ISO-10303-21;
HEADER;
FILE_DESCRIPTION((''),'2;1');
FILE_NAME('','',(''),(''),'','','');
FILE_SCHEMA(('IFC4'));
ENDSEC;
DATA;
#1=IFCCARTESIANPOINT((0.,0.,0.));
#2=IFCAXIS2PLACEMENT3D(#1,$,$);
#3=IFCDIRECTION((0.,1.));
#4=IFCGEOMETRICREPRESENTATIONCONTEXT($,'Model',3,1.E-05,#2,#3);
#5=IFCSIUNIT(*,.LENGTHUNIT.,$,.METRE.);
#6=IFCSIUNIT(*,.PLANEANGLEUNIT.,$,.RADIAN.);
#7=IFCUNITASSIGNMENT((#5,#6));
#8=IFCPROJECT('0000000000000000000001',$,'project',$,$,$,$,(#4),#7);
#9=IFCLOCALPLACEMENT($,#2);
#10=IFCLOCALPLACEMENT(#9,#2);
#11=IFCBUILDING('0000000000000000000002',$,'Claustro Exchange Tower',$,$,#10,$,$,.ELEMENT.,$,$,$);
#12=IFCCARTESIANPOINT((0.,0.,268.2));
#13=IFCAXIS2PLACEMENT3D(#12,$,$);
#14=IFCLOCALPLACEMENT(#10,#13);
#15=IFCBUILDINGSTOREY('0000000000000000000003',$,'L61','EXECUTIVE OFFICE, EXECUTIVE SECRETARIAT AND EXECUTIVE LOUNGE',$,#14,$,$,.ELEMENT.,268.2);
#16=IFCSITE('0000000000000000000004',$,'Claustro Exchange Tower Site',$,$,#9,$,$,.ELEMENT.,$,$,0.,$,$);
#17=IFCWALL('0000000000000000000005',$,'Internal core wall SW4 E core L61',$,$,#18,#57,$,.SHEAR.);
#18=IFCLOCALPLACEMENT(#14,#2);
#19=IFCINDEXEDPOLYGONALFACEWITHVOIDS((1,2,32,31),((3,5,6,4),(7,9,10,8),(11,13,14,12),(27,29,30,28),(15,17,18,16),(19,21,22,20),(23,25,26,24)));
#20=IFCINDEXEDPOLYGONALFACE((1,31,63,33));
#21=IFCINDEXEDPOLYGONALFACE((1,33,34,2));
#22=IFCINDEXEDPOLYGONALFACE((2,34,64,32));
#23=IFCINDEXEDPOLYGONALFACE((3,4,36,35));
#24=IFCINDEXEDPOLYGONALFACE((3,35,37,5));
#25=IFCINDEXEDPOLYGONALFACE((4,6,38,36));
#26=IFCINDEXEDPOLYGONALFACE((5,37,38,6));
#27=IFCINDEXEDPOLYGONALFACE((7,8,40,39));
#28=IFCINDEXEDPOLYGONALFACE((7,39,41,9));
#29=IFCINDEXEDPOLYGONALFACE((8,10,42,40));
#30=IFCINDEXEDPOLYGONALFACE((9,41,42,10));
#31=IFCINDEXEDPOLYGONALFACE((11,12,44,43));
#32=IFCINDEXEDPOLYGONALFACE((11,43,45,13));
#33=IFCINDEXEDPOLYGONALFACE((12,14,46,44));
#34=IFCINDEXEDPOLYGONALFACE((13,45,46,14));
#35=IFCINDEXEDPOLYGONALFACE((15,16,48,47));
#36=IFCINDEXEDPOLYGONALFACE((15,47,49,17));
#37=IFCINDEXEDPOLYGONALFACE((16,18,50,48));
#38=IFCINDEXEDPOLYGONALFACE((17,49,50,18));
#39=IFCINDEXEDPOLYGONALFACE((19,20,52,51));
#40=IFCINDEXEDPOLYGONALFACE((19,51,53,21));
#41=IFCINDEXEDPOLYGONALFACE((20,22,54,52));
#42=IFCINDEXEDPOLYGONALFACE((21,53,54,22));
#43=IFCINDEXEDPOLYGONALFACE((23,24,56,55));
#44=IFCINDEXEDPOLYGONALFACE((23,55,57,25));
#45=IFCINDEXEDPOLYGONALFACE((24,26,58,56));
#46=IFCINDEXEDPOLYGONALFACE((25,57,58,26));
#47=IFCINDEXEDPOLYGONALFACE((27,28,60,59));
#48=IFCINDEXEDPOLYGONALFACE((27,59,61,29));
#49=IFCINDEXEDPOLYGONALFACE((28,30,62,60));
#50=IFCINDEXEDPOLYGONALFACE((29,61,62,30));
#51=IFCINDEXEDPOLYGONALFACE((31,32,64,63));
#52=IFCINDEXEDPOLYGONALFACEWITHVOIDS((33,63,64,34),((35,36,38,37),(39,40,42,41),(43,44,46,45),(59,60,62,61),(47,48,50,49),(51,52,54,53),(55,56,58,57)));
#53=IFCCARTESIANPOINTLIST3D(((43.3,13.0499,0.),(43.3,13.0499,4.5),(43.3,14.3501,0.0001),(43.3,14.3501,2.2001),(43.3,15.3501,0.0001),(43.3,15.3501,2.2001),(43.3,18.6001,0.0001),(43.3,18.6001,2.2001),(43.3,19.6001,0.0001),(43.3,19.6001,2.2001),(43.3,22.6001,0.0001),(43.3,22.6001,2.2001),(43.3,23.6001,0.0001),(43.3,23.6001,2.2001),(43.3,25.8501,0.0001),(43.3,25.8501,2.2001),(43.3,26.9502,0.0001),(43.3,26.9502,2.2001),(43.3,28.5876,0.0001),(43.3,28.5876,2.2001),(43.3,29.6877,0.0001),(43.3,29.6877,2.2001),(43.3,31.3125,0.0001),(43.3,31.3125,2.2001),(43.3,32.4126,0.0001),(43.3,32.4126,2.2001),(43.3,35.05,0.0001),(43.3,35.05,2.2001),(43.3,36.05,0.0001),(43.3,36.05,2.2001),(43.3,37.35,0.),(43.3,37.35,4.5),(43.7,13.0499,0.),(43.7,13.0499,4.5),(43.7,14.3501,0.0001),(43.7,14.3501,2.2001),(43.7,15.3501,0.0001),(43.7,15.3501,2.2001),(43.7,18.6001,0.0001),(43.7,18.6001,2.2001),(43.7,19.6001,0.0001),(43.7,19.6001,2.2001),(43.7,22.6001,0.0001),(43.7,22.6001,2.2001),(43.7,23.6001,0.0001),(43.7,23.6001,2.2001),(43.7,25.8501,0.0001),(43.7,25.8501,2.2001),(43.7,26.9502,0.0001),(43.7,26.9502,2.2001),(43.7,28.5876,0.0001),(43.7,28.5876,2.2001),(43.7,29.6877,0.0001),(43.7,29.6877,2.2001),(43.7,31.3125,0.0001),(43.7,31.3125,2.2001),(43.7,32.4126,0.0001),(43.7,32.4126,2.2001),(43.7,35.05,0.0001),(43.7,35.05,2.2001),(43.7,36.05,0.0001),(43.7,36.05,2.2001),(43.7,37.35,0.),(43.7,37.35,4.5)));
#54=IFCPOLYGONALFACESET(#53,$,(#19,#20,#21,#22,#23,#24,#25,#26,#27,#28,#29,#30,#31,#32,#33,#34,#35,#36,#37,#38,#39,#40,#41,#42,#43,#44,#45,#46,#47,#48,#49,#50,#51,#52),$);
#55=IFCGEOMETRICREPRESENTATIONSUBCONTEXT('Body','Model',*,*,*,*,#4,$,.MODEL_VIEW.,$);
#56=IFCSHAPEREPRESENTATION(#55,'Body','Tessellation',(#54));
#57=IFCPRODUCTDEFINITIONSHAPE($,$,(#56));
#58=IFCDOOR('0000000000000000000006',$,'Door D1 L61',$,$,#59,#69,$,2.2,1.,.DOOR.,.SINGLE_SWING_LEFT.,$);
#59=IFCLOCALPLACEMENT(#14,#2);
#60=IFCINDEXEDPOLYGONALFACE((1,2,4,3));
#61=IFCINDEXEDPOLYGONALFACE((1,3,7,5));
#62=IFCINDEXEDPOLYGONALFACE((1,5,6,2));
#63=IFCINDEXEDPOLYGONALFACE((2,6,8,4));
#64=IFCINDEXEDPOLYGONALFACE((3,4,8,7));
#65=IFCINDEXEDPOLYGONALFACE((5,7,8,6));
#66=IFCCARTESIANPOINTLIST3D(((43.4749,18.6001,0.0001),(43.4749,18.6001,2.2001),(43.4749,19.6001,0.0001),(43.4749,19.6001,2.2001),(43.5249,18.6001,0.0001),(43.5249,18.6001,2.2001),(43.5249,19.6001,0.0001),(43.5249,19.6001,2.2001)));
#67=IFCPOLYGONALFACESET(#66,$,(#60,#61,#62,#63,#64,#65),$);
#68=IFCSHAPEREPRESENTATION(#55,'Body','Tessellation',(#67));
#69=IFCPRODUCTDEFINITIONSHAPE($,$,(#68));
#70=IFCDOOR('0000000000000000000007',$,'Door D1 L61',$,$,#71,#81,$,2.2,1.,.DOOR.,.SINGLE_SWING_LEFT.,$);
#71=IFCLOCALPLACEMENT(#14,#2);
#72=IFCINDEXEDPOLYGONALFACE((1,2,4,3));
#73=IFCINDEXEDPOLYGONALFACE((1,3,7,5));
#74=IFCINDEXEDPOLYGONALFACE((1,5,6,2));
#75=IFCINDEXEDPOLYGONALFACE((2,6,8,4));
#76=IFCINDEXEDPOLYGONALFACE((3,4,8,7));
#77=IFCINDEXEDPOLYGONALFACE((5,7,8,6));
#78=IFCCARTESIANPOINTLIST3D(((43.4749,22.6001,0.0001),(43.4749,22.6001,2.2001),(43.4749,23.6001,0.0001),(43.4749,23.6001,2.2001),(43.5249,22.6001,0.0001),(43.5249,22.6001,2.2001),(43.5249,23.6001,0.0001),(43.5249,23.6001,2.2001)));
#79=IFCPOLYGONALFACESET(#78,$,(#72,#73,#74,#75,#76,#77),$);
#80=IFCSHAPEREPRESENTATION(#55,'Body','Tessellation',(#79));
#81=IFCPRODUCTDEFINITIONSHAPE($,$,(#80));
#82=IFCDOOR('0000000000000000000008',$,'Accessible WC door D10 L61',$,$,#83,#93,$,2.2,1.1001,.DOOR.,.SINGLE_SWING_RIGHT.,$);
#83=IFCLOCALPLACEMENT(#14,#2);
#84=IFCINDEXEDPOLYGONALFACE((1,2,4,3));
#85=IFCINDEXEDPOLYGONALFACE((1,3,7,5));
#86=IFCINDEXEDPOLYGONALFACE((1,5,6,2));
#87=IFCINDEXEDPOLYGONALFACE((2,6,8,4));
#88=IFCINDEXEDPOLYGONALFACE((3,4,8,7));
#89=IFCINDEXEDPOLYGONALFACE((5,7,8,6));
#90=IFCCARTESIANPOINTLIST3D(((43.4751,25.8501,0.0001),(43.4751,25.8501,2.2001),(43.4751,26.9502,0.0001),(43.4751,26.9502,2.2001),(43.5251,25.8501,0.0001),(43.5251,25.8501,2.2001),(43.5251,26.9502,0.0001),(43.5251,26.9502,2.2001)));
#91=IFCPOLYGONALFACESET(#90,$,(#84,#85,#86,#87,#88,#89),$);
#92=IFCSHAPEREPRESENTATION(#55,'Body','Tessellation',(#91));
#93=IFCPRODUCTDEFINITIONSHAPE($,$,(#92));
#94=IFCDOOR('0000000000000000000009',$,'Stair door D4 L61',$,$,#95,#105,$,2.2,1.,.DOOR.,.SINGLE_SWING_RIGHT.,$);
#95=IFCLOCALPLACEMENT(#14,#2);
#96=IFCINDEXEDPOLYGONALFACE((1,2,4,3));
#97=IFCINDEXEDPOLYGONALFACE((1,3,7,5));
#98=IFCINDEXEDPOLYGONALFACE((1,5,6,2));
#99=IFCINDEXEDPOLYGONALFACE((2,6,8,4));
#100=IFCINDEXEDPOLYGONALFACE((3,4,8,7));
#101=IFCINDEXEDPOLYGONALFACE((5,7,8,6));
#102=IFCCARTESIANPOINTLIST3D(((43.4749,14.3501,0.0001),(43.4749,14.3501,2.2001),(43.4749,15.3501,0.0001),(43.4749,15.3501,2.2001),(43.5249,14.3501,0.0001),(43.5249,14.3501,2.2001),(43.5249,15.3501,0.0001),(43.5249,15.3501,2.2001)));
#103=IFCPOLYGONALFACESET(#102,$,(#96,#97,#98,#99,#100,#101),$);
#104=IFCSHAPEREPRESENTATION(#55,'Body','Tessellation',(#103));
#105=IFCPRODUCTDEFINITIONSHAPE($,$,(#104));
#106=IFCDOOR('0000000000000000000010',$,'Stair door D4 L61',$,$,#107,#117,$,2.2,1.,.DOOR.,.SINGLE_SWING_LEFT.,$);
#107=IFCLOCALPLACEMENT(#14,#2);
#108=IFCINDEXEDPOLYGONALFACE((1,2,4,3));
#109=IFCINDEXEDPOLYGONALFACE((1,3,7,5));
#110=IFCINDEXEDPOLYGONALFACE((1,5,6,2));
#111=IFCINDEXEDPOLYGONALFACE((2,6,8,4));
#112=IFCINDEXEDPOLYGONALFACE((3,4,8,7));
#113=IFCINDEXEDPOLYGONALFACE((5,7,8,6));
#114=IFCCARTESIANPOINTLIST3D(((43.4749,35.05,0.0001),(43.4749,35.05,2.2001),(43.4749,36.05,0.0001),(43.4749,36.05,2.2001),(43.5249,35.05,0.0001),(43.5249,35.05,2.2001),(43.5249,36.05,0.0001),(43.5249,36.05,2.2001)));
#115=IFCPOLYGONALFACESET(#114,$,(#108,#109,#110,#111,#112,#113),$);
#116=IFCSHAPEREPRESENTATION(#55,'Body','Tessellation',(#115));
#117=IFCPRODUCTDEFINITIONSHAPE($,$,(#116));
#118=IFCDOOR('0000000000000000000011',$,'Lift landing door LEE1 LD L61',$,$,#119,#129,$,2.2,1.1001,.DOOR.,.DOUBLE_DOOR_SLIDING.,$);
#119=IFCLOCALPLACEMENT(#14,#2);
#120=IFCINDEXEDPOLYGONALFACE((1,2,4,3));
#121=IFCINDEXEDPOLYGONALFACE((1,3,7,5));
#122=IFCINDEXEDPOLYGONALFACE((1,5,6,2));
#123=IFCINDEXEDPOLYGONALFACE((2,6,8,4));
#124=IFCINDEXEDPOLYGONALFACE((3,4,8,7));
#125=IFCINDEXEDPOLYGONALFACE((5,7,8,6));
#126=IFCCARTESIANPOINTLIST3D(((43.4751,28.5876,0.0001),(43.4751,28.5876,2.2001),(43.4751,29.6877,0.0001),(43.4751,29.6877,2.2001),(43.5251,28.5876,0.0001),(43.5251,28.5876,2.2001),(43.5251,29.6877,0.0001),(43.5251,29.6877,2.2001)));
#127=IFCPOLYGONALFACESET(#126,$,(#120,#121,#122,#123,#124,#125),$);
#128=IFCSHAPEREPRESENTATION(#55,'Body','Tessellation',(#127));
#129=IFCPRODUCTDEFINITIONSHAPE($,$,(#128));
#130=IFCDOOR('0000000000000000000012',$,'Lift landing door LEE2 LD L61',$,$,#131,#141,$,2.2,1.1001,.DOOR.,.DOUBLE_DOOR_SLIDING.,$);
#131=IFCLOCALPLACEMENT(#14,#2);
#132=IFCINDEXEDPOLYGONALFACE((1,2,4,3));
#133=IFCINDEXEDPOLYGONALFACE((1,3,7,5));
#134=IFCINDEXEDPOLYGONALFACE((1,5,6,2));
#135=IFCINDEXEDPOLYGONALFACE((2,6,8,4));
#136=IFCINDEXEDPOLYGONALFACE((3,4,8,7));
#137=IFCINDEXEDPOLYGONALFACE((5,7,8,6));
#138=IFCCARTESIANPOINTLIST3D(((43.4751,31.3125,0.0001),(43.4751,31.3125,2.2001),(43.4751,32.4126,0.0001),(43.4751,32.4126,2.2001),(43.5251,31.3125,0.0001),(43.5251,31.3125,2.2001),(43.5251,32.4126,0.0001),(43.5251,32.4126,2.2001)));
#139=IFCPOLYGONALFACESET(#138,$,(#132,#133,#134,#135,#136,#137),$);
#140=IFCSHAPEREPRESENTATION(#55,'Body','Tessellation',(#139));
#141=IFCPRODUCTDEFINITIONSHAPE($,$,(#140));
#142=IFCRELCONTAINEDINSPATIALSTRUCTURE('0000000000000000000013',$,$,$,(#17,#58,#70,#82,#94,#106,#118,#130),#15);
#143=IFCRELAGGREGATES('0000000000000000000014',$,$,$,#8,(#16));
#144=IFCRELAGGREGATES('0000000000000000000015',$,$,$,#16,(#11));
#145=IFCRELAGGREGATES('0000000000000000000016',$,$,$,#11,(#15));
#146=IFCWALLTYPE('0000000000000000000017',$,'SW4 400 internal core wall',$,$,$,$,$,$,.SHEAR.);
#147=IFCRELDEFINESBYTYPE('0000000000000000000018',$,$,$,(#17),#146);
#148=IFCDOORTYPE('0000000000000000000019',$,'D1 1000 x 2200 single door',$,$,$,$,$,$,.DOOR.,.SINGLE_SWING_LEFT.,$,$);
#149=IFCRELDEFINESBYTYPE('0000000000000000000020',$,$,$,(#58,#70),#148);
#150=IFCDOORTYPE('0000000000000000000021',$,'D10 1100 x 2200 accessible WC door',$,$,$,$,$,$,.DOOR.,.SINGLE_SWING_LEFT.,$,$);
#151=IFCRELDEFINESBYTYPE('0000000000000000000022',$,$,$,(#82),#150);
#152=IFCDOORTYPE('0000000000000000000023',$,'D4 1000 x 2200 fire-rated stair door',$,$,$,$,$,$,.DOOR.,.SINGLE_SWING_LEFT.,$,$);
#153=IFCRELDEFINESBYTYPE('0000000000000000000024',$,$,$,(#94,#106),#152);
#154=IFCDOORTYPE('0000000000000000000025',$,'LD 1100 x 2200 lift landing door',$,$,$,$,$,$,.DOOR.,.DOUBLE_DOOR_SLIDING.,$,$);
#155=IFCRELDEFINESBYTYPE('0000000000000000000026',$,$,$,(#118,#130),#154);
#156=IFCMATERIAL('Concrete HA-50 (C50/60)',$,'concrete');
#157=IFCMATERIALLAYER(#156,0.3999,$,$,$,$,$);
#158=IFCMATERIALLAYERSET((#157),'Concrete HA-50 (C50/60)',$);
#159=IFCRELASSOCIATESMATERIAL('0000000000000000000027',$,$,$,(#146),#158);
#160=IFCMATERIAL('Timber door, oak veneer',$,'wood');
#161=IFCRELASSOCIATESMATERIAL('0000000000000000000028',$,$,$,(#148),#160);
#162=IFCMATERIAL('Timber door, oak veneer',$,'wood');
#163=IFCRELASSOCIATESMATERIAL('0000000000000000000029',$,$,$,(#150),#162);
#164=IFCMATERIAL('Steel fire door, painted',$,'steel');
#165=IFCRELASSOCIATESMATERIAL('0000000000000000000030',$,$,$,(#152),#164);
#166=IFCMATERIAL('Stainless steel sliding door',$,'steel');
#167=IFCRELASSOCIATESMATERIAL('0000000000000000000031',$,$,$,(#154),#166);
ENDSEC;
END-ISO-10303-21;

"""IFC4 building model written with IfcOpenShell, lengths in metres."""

from ifc_helpers import new_model, si_unit, direction, frame, frame_2d, origin, place, context, subcontext, project, spatial, rectangle, extrude, material, layer, layer_set, type_object, element, fill, save


model = new_model("IFC4")

# Units and contexts
model_context = context("Model", 3, precision=1e-05, world=origin(), true_north=direction((0.0, 1.0)))
body_context = subcontext(model_context, "Body", "Model", "MODEL_VIEW")
ifc_project = project(units=[si_unit("LENGTHUNIT", "METRE"), si_unit("PLANEANGLEUNIT", "RADIAN")], contexts=[model_context])

# Site, building, storey
site_placement = place(None, origin())
site = spatial("IfcSite", under=ifc_project, at=site_placement, Name="Claustro Exchange Tower Site", CompositionType="ELEMENT", RefElevation=0.0)
building_placement = place(site_placement, origin())
building = spatial("IfcBuilding", under=site, at=building_placement, Name="Claustro Exchange Tower", CompositionType="ELEMENT")
storey_placement = place(building_placement, frame((0.0, 0.0, 268.2)))
storey = spatial("IfcBuildingStorey", under=building, at=storey_placement, Name="L61", Description="EXECUTIVE OFFICE, EXECUTIVE SECRETARIAT AND EXECUTIVE LOUNGE", CompositionType="ELEMENT", Elevation=268.2)

# Wall, openings, doors
ifc_material_1 = material(Name="Concrete HA-50 (C50/60)", Category="concrete")
ifc_layer_1 = layer(ifc_material_1, 0.3999)
ifc_layer_set_1 = layer_set([ifc_layer_1], Name="Concrete HA-50 (C50/60)")
wall_type_1 = type_object("IfcWallType", Name="SW4 400 internal core wall", PredefinedType="SHEAR", material=ifc_layer_set_1)
wall_1_placement = place(storey_placement, frame((43.5, 13.05, 0.0), z_axis=(0.0, 0.0, 1.0), x_axis=(0.0, 1.0, 0.0)))
wall_1 = element("IfcWall", 1, at=wall_1_placement, inside=storey, type_object=wall_type_1, Name="Internal core wall SW4 E core L61", PredefinedType="SHEAR", context=body_context, shape_type="SweptSolid", body=[
    extrude(rectangle(XDim=24.3, YDim=0.3999, at=frame_2d((12.1499, 0.0))), origin(), (0.0, 0.0, 1.0), 4.5),
])
opening_1_placement = place(wall_1_placement, frame((1.3, 0.0, 0.0)))
opening_1 = element("IfcOpeningElement", 2, at=opening_1_placement, cuts=wall_1, PredefinedType="OPENING", context=body_context, shape_type="SweptSolid", body=[
    extrude(rectangle(XDim=1.0, YDim=2.2, at=frame_2d((0.5, 1.1001))), frame((0.0, 0.21, 0.0), z_axis=(0.0, -1.0, 0.0), x_axis=(1.0, 0.0, 0.0)), (0.0, 0.0, 1.0), 0.4199),
])
opening_2_placement = place(wall_1_placement, frame((22.0, 0.0, 0.0)))
opening_2 = element("IfcOpeningElement", 3, at=opening_2_placement, cuts=wall_1, PredefinedType="OPENING", context=body_context, shape_type="SweptSolid", body=[
    extrude(rectangle(XDim=1.0, YDim=2.2, at=frame_2d((0.5, 1.1001))), frame((0.0, 0.21, 0.0), z_axis=(0.0, -1.0, 0.0), x_axis=(1.0, 0.0, 0.0)), (0.0, 0.0, 1.0), 0.4199),
])
opening_3_placement = place(wall_1_placement, frame((5.55, 0.0, 0.0)))
opening_3 = element("IfcOpeningElement", 4, at=opening_3_placement, cuts=wall_1, PredefinedType="OPENING", context=body_context, shape_type="SweptSolid", body=[
    extrude(rectangle(XDim=1.0, YDim=2.2, at=frame_2d((0.5, 1.1001))), frame((0.0, 0.21, 0.0), z_axis=(0.0, -1.0, 0.0), x_axis=(1.0, 0.0, 0.0)), (0.0, 0.0, 1.0), 0.4199),
])
opening_4_placement = place(wall_1_placement, frame((9.55, 0.0, 0.0)))
opening_4 = element("IfcOpeningElement", 5, at=opening_4_placement, cuts=wall_1, PredefinedType="OPENING", context=body_context, shape_type="SweptSolid", body=[
    extrude(rectangle(XDim=1.0, YDim=2.2, at=frame_2d((0.5, 1.1001))), frame((0.0, 0.21, 0.0), z_axis=(0.0, -1.0, 0.0), x_axis=(1.0, 0.0, 0.0)), (0.0, 0.0, 1.0), 0.4199),
])
opening_5_placement = place(wall_1_placement, frame((12.8, 0.0, 0.0)))
opening_5 = element("IfcOpeningElement", 6, at=opening_5_placement, cuts=wall_1, PredefinedType="OPENING", context=body_context, shape_type="SweptSolid", body=[
    extrude(rectangle(XDim=1.1001, YDim=2.2, at=frame_2d((0.55, 1.1001))), frame((0.0, 0.21, 0.0), z_axis=(0.0, -1.0, 0.0), x_axis=(1.0, 0.0, 0.0)), (0.0, 0.0, 1.0), 0.4199),
])
opening_6_placement = place(wall_1_placement, frame((15.5376, 0.0, 0.0)))
opening_6 = element("IfcOpeningElement", 7, at=opening_6_placement, cuts=wall_1, PredefinedType="OPENING", context=body_context, shape_type="SweptSolid", body=[
    extrude(rectangle(XDim=1.1001, YDim=2.2, at=frame_2d((0.55, 1.1001))), frame((0.0, 0.21, 0.0), z_axis=(0.0, -1.0, 0.0), x_axis=(1.0, 0.0, 0.0)), (0.0, 0.0, 1.0), 0.4199),
])
opening_7_placement = place(wall_1_placement, frame((18.2625, 0.0, 0.0)))
opening_7 = element("IfcOpeningElement", 8, at=opening_7_placement, cuts=wall_1, PredefinedType="OPENING", context=body_context, shape_type="SweptSolid", body=[
    extrude(rectangle(XDim=1.1001, YDim=2.2, at=frame_2d((0.55, 1.1001))), frame((0.0, 0.21, 0.0), z_axis=(0.0, -1.0, 0.0), x_axis=(1.0, 0.0, 0.0)), (0.0, 0.0, 1.0), 0.4199),
])
ifc_material_2 = material(Name="Timber door, oak veneer", Category="wood")
door_type_1 = type_object("IfcDoorType", Name="D1 1000 x 2200 single door", OperationType="SINGLE_SWING_LEFT", PredefinedType="DOOR", material=ifc_material_2)
door_1_placement = place(opening_3_placement, frame((1.0, 0.0, 0.0), z_axis=(0.0, 0.0, 1.0), x_axis=(-1.0, 0.0, 0.0)))
door_1 = element("IfcDoor", 9, at=door_1_placement, inside=storey, type_object=door_type_1, Name="Door D1 L61", OperationType="SINGLE_SWING_LEFT", OverallHeight=2.2, OverallWidth=1.0, PredefinedType="DOOR", context=body_context, shape_type="SweptSolid", body=[
    extrude(rectangle(XDim=1.0, YDim=2.2, at=frame_2d((0.5, 1.1001))), frame((0.0, 0.0249, 0.0), z_axis=(0.0, -1.0, 0.0), x_axis=(1.0, 0.0, 0.0)), (0.0, 0.0, 1.0), 0.05),
])
fill(opening_3, door_1)
door_2_placement = place(opening_4_placement, frame((1.0, 0.0, 0.0), z_axis=(0.0, 0.0, 1.0), x_axis=(-1.0, 0.0, 0.0)))
door_2 = element("IfcDoor", 10, at=door_2_placement, inside=storey, type_object=door_type_1, Name="Door D1 L61", OperationType="SINGLE_SWING_LEFT", OverallHeight=2.2, OverallWidth=1.0, PredefinedType="DOOR", context=body_context, shape_type="SweptSolid", body=[
    extrude(rectangle(XDim=1.0, YDim=2.2, at=frame_2d((0.5, 1.1001))), frame((0.0, 0.0249, 0.0), z_axis=(0.0, -1.0, 0.0), x_axis=(1.0, 0.0, 0.0)), (0.0, 0.0, 1.0), 0.05),
])
fill(opening_4, door_2)
ifc_material_3 = material(Name="Timber door, oak veneer", Category="wood")
door_type_2 = type_object("IfcDoorType", Name="D10 1100 x 2200 accessible WC door", OperationType="SINGLE_SWING_LEFT", PredefinedType="DOOR", material=ifc_material_3)
door_3_placement = place(opening_5_placement, origin())
door_3 = element("IfcDoor", 11, at=door_3_placement, inside=storey, type_object=door_type_2, Name="Accessible WC door D10 L61", OperationType="SINGLE_SWING_RIGHT", OverallHeight=2.2, OverallWidth=1.1001, PredefinedType="DOOR", context=body_context, shape_type="SweptSolid", body=[
    extrude(rectangle(XDim=1.1001, YDim=2.2, at=frame_2d((0.55, 1.1001))), frame((0.0, 0.0249, 0.0), z_axis=(0.0, -1.0, 0.0), x_axis=(1.0, 0.0, 0.0)), (0.0, 0.0, 1.0), 0.05),
])
fill(opening_5, door_3)
ifc_material_4 = material(Name="Steel fire door, painted", Category="steel")
door_type_3 = type_object("IfcDoorType", Name="D4 1000 x 2200 fire-rated stair door", OperationType="SINGLE_SWING_LEFT", PredefinedType="DOOR", material=ifc_material_4)
door_4_placement = place(opening_1_placement, frame((1.0, 0.0, 0.0), z_axis=(0.0, 0.0, 1.0), x_axis=(-1.0, 0.0, 0.0)))
door_4 = element("IfcDoor", 12, at=door_4_placement, inside=storey, type_object=door_type_3, Name="Stair door D4 L61", OperationType="SINGLE_SWING_RIGHT", OverallHeight=2.2, OverallWidth=1.0, PredefinedType="DOOR", context=body_context, shape_type="SweptSolid", body=[
    extrude(rectangle(XDim=1.0, YDim=2.2, at=frame_2d((0.5, 1.1001))), frame((0.0, 0.0249, 0.0), z_axis=(0.0, -1.0, 0.0), x_axis=(1.0, 0.0, 0.0)), (0.0, 0.0, 1.0), 0.05),
])
fill(opening_1, door_4)
door_5_placement = place(opening_2_placement, frame((1.0, 0.0, 0.0), z_axis=(0.0, 0.0, 1.0), x_axis=(-1.0, 0.0, 0.0)))
door_5 = element("IfcDoor", 13, at=door_5_placement, inside=storey, type_object=door_type_3, Name="Stair door D4 L61", OperationType="SINGLE_SWING_LEFT", OverallHeight=2.2, OverallWidth=1.0, PredefinedType="DOOR", context=body_context, shape_type="SweptSolid", body=[
    extrude(rectangle(XDim=1.0, YDim=2.2, at=frame_2d((0.5, 1.1001))), frame((0.0, 0.0249, 0.0), z_axis=(0.0, -1.0, 0.0), x_axis=(1.0, 0.0, 0.0)), (0.0, 0.0, 1.0), 0.05),
])
fill(opening_2, door_5)
ifc_material_5 = material(Name="Stainless steel sliding door", Category="steel")
door_type_4 = type_object("IfcDoorType", Name="LD 1100 x 2200 lift landing door", OperationType="DOUBLE_DOOR_SLIDING", PredefinedType="DOOR", material=ifc_material_5)
door_6_placement = place(opening_6_placement, origin())
door_6 = element("IfcDoor", 14, at=door_6_placement, inside=storey, type_object=door_type_4, Name="Lift landing door LEE1 LD L61", OperationType="DOUBLE_DOOR_SLIDING", OverallHeight=2.2, OverallWidth=1.1001, PredefinedType="DOOR", context=body_context, shape_type="SweptSolid", body=[
    extrude(rectangle(XDim=1.1001, YDim=2.2, at=frame_2d((0.55, 1.1001))), frame((0.0, 0.0249, 0.0), z_axis=(0.0, -1.0, 0.0), x_axis=(1.0, 0.0, 0.0)), (0.0, 0.0, 1.0), 0.05),
])
fill(opening_6, door_6)
door_7_placement = place(opening_7_placement, origin())
door_7 = element("IfcDoor", 15, at=door_7_placement, inside=storey, type_object=door_type_4, Name="Lift landing door LEE2 LD L61", OperationType="DOUBLE_DOOR_SLIDING", OverallHeight=2.2, OverallWidth=1.1001, PredefinedType="DOOR", context=body_context, shape_type="SweptSolid", body=[
    extrude(rectangle(XDim=1.1001, YDim=2.2, at=frame_2d((0.55, 1.1001))), frame((0.0, 0.0249, 0.0), z_axis=(0.0, -1.0, 0.0), x_axis=(1.0, 0.0, 0.0)), (0.0, 0.0, 1.0), 0.05),
])
fill(opening_7, door_7)

save(model, "model.ifc")
